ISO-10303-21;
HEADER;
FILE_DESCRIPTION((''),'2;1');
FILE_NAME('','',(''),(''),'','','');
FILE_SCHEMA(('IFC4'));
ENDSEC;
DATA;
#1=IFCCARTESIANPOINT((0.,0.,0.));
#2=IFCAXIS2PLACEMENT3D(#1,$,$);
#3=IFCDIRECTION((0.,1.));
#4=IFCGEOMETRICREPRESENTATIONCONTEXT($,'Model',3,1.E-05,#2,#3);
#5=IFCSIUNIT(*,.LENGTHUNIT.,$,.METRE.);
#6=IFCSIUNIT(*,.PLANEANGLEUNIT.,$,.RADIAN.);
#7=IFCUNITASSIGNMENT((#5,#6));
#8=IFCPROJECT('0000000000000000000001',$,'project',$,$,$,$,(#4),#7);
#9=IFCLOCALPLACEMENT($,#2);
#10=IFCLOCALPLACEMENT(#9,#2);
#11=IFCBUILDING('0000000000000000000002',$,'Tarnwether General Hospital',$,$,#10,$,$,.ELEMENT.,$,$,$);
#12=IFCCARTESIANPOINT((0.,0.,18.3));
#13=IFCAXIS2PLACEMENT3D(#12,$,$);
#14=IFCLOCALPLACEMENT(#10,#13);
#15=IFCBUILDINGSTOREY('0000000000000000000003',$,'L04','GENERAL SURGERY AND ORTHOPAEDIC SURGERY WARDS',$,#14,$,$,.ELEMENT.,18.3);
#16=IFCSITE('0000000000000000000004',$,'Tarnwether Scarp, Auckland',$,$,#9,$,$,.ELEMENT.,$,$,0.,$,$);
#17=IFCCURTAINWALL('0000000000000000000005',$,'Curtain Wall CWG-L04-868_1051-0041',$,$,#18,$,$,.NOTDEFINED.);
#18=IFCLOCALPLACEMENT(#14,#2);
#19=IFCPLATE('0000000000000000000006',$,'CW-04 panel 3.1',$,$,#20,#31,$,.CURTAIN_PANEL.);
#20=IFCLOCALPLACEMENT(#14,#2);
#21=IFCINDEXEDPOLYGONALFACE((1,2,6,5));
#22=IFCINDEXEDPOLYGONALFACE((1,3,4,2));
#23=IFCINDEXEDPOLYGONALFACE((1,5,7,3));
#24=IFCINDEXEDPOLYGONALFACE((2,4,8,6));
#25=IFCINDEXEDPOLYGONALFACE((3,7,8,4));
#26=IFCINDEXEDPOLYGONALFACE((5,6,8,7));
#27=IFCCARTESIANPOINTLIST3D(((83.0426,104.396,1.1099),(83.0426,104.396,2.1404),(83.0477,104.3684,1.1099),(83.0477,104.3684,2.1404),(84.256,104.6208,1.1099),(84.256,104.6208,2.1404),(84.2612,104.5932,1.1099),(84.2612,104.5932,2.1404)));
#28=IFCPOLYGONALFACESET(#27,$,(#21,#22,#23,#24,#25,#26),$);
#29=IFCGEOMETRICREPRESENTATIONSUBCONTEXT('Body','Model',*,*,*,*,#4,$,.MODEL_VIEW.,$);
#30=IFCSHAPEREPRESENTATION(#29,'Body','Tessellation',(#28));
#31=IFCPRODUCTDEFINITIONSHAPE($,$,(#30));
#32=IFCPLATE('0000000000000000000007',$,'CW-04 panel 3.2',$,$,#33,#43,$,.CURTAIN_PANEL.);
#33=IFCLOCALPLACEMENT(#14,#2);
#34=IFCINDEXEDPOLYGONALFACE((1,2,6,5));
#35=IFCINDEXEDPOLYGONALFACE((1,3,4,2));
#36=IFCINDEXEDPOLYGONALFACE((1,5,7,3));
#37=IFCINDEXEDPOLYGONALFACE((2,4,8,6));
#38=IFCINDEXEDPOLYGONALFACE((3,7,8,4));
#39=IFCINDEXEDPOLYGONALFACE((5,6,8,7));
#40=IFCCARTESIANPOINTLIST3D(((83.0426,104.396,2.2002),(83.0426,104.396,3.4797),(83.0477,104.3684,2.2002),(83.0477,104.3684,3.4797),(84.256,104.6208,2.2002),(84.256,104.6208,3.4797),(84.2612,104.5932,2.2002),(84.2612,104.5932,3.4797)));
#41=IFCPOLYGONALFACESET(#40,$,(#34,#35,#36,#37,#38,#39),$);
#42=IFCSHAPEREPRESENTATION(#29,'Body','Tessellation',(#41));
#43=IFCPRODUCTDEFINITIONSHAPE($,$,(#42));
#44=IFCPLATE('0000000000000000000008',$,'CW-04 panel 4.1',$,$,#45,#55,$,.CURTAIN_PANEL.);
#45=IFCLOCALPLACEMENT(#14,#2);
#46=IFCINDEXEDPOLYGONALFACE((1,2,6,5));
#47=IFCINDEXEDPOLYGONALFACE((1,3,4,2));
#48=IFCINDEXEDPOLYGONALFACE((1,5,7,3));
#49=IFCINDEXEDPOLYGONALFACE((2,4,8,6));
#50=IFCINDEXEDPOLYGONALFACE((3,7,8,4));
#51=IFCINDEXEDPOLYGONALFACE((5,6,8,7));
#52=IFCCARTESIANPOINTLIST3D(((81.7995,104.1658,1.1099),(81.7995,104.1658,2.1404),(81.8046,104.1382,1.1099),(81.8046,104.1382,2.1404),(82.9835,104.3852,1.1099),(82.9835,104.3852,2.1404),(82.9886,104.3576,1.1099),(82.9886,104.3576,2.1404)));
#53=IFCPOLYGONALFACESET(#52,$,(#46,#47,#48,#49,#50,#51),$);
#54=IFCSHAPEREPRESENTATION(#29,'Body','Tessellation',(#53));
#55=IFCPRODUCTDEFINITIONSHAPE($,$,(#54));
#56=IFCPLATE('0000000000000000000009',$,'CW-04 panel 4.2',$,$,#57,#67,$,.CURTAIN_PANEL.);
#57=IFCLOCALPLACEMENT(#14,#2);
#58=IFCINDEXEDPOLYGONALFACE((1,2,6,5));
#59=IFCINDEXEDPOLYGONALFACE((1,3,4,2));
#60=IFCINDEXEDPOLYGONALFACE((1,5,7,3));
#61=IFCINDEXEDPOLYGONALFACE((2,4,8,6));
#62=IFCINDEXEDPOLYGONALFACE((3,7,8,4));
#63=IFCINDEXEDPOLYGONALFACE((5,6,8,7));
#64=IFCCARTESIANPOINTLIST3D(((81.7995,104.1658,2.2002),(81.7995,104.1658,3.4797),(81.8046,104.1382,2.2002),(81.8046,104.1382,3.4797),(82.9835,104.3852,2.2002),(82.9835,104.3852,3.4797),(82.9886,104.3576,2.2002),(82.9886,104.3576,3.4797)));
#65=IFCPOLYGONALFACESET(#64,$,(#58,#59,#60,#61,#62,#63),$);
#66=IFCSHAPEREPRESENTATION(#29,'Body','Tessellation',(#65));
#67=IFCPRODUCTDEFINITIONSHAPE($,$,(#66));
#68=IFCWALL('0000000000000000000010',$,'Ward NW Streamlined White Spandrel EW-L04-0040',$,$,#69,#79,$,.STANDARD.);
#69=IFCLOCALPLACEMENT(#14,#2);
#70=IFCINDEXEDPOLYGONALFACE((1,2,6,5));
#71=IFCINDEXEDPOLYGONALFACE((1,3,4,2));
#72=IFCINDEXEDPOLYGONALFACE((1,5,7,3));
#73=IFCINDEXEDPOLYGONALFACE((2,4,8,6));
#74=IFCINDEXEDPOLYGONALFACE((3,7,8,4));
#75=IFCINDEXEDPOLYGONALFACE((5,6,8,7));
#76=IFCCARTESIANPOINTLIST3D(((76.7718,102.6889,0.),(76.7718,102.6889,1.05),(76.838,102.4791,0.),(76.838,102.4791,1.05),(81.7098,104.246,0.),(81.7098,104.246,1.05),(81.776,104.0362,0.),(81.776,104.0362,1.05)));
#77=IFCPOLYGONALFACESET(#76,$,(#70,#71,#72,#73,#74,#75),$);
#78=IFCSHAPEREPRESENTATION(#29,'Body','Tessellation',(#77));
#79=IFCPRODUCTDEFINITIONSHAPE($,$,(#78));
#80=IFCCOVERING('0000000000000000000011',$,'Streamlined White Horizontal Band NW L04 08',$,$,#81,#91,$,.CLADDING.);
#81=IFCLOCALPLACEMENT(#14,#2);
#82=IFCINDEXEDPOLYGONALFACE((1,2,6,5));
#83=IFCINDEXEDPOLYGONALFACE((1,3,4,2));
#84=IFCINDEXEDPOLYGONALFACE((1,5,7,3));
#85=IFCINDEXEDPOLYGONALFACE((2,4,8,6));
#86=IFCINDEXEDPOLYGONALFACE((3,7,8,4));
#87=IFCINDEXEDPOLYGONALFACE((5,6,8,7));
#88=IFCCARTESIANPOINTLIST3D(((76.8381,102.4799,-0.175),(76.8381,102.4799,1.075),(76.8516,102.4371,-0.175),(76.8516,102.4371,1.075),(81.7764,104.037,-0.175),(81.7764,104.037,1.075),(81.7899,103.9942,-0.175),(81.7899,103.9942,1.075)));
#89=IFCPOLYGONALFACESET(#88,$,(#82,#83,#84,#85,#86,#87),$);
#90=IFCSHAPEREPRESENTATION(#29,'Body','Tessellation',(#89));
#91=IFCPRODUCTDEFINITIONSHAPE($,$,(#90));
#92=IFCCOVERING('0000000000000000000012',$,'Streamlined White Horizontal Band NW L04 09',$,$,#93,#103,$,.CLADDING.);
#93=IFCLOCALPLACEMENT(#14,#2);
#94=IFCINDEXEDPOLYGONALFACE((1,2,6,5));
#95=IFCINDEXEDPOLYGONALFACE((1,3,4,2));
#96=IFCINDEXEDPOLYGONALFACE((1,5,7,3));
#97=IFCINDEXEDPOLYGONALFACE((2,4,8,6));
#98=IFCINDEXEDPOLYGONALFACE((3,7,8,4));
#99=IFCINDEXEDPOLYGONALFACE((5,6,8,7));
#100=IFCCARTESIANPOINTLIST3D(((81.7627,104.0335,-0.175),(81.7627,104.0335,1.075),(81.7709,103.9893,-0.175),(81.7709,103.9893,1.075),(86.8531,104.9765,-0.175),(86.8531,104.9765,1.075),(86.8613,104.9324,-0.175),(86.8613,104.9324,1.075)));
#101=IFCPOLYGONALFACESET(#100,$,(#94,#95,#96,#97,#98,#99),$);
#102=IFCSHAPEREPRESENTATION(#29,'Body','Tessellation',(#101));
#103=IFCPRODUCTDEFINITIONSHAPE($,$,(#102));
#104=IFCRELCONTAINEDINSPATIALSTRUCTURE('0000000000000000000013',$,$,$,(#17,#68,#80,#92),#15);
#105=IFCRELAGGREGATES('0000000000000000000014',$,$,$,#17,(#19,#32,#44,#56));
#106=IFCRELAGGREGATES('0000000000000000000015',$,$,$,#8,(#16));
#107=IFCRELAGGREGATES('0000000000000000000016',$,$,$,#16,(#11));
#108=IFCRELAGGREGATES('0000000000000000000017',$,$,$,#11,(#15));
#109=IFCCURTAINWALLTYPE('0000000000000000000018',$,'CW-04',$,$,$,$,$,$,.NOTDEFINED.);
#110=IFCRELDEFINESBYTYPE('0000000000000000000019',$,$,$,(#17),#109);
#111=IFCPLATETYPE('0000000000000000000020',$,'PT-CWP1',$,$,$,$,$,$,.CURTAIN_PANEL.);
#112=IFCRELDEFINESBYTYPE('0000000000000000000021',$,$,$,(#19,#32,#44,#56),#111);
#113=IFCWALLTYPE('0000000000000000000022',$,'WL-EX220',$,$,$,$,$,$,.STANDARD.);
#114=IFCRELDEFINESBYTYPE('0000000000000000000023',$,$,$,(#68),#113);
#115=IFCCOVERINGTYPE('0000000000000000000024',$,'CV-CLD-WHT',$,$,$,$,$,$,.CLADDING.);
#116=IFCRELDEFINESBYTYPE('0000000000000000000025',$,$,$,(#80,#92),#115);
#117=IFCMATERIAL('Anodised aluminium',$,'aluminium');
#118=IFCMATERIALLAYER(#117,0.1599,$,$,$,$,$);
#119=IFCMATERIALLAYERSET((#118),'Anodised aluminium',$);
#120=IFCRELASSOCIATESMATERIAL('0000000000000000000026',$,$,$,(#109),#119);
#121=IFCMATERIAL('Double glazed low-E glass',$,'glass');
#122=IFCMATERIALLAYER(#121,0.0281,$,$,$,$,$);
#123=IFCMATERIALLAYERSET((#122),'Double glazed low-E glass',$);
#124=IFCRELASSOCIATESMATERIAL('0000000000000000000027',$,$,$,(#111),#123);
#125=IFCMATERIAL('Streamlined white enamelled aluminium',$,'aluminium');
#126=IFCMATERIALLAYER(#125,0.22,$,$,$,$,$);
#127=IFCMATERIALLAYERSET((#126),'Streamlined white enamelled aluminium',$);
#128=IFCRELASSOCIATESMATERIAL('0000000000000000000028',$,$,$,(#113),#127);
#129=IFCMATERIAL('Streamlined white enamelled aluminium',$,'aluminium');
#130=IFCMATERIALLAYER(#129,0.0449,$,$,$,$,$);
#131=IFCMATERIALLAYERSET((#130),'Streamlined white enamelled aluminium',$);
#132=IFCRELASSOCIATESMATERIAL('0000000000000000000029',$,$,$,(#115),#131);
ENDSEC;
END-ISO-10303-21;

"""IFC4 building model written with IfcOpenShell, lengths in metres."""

from ifc_helpers import new_model, si_unit, direction, frame, frame_2d, origin, origin_2d, place, context, subcontext, project, spatial, rectangle, extrude, material, layer, layer_set, type_object, element, aggregate, save


model = new_model("IFC4")

# Units and contexts
model_context = context("Model", 3, precision=1e-05, world=origin(), true_north=direction((0.0, 1.0)))
body_context = subcontext(model_context, "Body", "Model", "MODEL_VIEW")
ifc_project = project(units=[si_unit("LENGTHUNIT", "METRE"), si_unit("PLANEANGLEUNIT", "RADIAN")], contexts=[model_context])

# Site, building, storey
site_placement = place(None, origin())
site = spatial("IfcSite", under=ifc_project, at=site_placement, Name="Tarnwether Scarp, Auckland", CompositionType="ELEMENT", RefElevation=0.0)
building_placement = place(site_placement, origin())
building = spatial("IfcBuilding", under=site, at=building_placement, Name="Tarnwether General Hospital", CompositionType="ELEMENT")
storey_placement = place(building_placement, frame((0.0, 0.0, 18.3)))
storey = spatial("IfcBuildingStorey", under=building, at=storey_placement, Name="L04", Description="GENERAL SURGERY AND ORTHOPAEDIC SURGERY WARDS", CompositionType="ELEMENT", Elevation=18.3)

# Curtain wall
ifc_material_1 = material(Name="Anodised aluminium", Category="aluminium")
ifc_layer_1 = layer(ifc_material_1, 0.1599)
ifc_layer_set_1 = layer_set([ifc_layer_1], Name="Anodised aluminium")
curtain_wall_type = type_object("IfcCurtainWallType", Name="CW-04", PredefinedType="NOTDEFINED", material=ifc_layer_set_1)
curtain_wall_1_placement = place(storey_placement, origin())
curtain_wall_1 = element("IfcCurtainWall", 1, at=curtain_wall_1_placement, inside=storey, type_object=curtain_wall_type, Name="Curtain Wall CWG-L04-868_1051-0041", PredefinedType="NOTDEFINED")

# Plates
ifc_material_2 = material(Name="Double glazed low-E glass", Category="glass")
ifc_layer_2 = layer(ifc_material_2, 0.0281)
ifc_layer_set_2 = layer_set([ifc_layer_2], Name="Double glazed low-E glass")
plate_type = type_object("IfcPlateType", Name="PT-CWP1", PredefinedType="CURTAIN_PANEL", material=ifc_layer_set_2)
plate_1_placement = place(storey_placement, frame((83.6519, 104.4946, 1.1099), z_axis=(0.0, 0.0, 1.0), x_axis=(-0.983268, -0.182165, 0.0)))
plate_1 = element("IfcPlate", 2, at=plate_1_placement, type_object=plate_type, Name="CW-04 panel 3.1", PredefinedType="CURTAIN_PANEL", context=body_context, shape_type="SweptSolid", body=[
    extrude(rectangle(XDim=1.2341, YDim=0.0281, at=origin_2d()), origin(), (0.0, 0.0, 1.0), 1.0305),
])
plate_2_placement = place(storey_placement, frame((83.6519, 104.4946, 2.2002), z_axis=(0.0, 0.0, 1.0), x_axis=(-0.983268, -0.182165, 0.0)))
plate_2 = element("IfcPlate", 3, at=plate_2_placement, type_object=plate_type, Name="CW-04 panel 3.2", PredefinedType="CURTAIN_PANEL", context=body_context, shape_type="SweptSolid", body=[
    extrude(rectangle(XDim=1.2341, YDim=0.0281, at=origin_2d()), origin(), (0.0, 0.0, 1.0), 1.2795),
])
plate_3_placement = place(storey_placement, frame((82.394, 104.2617, 1.1099), z_axis=(0.0, 0.0, 1.0), x_axis=(-0.983268, -0.182165, 0.0)))
plate_3 = element("IfcPlate", 4, at=plate_3_placement, type_object=plate_type, Name="CW-04 panel 4.1", PredefinedType="CURTAIN_PANEL", context=body_context, shape_type="SweptSolid", body=[
    extrude(rectangle(XDim=1.2041, YDim=0.0281, at=origin_2d()), origin(), (0.0, 0.0, 1.0), 1.0305),
])
plate_4_placement = place(storey_placement, frame((82.394, 104.2617, 2.2002), z_axis=(0.0, 0.0, 1.0), x_axis=(-0.983268, -0.182165, 0.0)))
plate_4 = element("IfcPlate", 5, at=plate_4_placement, type_object=plate_type, Name="CW-04 panel 4.2", PredefinedType="CURTAIN_PANEL", context=body_context, shape_type="SweptSolid", body=[
    extrude(rectangle(XDim=1.2041, YDim=0.0281, at=origin_2d()), origin(), (0.0, 0.0, 1.0), 1.2795),
])
aggregate(curtain_wall_1, [plate_1, plate_2, plate_3, plate_4])

# Wall
ifc_material_3 = material(Name="Streamlined white enamelled aluminium", Category="aluminium")
ifc_layer_3 = layer(ifc_material_3, 0.22)
ifc_layer_set_3 = layer_set([ifc_layer_3], Name="Streamlined white enamelled aluminium")
wall_type = type_object("IfcWallType", Name="WL-EX220", PredefinedType="STANDARD", material=ifc_layer_set_3)
wall_placement = place(storey_placement, frame((81.7429, 104.1411, 0.0), z_axis=(0.0, 0.0, 1.0), x_axis=(-0.953707, -0.300739, 0.0)))
element("IfcWall", 6, at=wall_placement, inside=storey, type_object=wall_type, Name="Ward NW Streamlined White Spandrel EW-L04-0040", PredefinedType="STANDARD", context=body_context, shape_type="SweptSolid", body=[
    extrude(rectangle(XDim=5.1777, YDim=0.22, at=frame_2d((2.5889, 0.0))), origin(), (0.0, 0.0, 1.0), 1.05),
])

# Coverings
ifc_material_4 = material(Name="Streamlined white enamelled aluminium", Category="aluminium")
ifc_layer_4 = layer(ifc_material_4, 0.0449)
ifc_layer_set_4 = layer_set([ifc_layer_4], Name="Streamlined white enamelled aluminium")
covering_type = type_object("IfcCoveringType", Name="CV-CLD-WHT", PredefinedType="CLADDING", material=ifc_layer_set_4)
covering_1_placement = place(storey_placement, frame((79.314, 103.2371, -0.175), z_axis=(0.0, 0.0, 1.0), x_axis=(-0.953712, -0.300722, 0.0)))
element("IfcCovering", 7, at=covering_1_placement, inside=storey, type_object=covering_type, Name="Streamlined White Horizontal Band NW L04 08", PredefinedType="CLADDING", context=body_context, shape_type="SweptSolid", body=[
    extrude(rectangle(XDim=5.178, YDim=0.0449, at=origin_2d()), origin(), (0.0, 0.0, 1.0), 1.25),
])
covering_2_placement = place(storey_placement, frame((84.312, 104.4829, -0.175), z_axis=(0.0, 0.0, 1.0), x_axis=(-0.983268, -0.182167, 0.0)))
element("IfcCovering", 8, at=covering_2_placement, inside=storey, type_object=covering_type, Name="Streamlined White Horizontal Band NW L04 09", PredefinedType="CLADDING", context=body_context, shape_type="SweptSolid", body=[
    extrude(rectangle(XDim=5.177, YDim=0.0449, at=origin_2d()), origin(), (0.0, 0.0, 1.0), 1.25),
])

save(model, "model.ifc")
